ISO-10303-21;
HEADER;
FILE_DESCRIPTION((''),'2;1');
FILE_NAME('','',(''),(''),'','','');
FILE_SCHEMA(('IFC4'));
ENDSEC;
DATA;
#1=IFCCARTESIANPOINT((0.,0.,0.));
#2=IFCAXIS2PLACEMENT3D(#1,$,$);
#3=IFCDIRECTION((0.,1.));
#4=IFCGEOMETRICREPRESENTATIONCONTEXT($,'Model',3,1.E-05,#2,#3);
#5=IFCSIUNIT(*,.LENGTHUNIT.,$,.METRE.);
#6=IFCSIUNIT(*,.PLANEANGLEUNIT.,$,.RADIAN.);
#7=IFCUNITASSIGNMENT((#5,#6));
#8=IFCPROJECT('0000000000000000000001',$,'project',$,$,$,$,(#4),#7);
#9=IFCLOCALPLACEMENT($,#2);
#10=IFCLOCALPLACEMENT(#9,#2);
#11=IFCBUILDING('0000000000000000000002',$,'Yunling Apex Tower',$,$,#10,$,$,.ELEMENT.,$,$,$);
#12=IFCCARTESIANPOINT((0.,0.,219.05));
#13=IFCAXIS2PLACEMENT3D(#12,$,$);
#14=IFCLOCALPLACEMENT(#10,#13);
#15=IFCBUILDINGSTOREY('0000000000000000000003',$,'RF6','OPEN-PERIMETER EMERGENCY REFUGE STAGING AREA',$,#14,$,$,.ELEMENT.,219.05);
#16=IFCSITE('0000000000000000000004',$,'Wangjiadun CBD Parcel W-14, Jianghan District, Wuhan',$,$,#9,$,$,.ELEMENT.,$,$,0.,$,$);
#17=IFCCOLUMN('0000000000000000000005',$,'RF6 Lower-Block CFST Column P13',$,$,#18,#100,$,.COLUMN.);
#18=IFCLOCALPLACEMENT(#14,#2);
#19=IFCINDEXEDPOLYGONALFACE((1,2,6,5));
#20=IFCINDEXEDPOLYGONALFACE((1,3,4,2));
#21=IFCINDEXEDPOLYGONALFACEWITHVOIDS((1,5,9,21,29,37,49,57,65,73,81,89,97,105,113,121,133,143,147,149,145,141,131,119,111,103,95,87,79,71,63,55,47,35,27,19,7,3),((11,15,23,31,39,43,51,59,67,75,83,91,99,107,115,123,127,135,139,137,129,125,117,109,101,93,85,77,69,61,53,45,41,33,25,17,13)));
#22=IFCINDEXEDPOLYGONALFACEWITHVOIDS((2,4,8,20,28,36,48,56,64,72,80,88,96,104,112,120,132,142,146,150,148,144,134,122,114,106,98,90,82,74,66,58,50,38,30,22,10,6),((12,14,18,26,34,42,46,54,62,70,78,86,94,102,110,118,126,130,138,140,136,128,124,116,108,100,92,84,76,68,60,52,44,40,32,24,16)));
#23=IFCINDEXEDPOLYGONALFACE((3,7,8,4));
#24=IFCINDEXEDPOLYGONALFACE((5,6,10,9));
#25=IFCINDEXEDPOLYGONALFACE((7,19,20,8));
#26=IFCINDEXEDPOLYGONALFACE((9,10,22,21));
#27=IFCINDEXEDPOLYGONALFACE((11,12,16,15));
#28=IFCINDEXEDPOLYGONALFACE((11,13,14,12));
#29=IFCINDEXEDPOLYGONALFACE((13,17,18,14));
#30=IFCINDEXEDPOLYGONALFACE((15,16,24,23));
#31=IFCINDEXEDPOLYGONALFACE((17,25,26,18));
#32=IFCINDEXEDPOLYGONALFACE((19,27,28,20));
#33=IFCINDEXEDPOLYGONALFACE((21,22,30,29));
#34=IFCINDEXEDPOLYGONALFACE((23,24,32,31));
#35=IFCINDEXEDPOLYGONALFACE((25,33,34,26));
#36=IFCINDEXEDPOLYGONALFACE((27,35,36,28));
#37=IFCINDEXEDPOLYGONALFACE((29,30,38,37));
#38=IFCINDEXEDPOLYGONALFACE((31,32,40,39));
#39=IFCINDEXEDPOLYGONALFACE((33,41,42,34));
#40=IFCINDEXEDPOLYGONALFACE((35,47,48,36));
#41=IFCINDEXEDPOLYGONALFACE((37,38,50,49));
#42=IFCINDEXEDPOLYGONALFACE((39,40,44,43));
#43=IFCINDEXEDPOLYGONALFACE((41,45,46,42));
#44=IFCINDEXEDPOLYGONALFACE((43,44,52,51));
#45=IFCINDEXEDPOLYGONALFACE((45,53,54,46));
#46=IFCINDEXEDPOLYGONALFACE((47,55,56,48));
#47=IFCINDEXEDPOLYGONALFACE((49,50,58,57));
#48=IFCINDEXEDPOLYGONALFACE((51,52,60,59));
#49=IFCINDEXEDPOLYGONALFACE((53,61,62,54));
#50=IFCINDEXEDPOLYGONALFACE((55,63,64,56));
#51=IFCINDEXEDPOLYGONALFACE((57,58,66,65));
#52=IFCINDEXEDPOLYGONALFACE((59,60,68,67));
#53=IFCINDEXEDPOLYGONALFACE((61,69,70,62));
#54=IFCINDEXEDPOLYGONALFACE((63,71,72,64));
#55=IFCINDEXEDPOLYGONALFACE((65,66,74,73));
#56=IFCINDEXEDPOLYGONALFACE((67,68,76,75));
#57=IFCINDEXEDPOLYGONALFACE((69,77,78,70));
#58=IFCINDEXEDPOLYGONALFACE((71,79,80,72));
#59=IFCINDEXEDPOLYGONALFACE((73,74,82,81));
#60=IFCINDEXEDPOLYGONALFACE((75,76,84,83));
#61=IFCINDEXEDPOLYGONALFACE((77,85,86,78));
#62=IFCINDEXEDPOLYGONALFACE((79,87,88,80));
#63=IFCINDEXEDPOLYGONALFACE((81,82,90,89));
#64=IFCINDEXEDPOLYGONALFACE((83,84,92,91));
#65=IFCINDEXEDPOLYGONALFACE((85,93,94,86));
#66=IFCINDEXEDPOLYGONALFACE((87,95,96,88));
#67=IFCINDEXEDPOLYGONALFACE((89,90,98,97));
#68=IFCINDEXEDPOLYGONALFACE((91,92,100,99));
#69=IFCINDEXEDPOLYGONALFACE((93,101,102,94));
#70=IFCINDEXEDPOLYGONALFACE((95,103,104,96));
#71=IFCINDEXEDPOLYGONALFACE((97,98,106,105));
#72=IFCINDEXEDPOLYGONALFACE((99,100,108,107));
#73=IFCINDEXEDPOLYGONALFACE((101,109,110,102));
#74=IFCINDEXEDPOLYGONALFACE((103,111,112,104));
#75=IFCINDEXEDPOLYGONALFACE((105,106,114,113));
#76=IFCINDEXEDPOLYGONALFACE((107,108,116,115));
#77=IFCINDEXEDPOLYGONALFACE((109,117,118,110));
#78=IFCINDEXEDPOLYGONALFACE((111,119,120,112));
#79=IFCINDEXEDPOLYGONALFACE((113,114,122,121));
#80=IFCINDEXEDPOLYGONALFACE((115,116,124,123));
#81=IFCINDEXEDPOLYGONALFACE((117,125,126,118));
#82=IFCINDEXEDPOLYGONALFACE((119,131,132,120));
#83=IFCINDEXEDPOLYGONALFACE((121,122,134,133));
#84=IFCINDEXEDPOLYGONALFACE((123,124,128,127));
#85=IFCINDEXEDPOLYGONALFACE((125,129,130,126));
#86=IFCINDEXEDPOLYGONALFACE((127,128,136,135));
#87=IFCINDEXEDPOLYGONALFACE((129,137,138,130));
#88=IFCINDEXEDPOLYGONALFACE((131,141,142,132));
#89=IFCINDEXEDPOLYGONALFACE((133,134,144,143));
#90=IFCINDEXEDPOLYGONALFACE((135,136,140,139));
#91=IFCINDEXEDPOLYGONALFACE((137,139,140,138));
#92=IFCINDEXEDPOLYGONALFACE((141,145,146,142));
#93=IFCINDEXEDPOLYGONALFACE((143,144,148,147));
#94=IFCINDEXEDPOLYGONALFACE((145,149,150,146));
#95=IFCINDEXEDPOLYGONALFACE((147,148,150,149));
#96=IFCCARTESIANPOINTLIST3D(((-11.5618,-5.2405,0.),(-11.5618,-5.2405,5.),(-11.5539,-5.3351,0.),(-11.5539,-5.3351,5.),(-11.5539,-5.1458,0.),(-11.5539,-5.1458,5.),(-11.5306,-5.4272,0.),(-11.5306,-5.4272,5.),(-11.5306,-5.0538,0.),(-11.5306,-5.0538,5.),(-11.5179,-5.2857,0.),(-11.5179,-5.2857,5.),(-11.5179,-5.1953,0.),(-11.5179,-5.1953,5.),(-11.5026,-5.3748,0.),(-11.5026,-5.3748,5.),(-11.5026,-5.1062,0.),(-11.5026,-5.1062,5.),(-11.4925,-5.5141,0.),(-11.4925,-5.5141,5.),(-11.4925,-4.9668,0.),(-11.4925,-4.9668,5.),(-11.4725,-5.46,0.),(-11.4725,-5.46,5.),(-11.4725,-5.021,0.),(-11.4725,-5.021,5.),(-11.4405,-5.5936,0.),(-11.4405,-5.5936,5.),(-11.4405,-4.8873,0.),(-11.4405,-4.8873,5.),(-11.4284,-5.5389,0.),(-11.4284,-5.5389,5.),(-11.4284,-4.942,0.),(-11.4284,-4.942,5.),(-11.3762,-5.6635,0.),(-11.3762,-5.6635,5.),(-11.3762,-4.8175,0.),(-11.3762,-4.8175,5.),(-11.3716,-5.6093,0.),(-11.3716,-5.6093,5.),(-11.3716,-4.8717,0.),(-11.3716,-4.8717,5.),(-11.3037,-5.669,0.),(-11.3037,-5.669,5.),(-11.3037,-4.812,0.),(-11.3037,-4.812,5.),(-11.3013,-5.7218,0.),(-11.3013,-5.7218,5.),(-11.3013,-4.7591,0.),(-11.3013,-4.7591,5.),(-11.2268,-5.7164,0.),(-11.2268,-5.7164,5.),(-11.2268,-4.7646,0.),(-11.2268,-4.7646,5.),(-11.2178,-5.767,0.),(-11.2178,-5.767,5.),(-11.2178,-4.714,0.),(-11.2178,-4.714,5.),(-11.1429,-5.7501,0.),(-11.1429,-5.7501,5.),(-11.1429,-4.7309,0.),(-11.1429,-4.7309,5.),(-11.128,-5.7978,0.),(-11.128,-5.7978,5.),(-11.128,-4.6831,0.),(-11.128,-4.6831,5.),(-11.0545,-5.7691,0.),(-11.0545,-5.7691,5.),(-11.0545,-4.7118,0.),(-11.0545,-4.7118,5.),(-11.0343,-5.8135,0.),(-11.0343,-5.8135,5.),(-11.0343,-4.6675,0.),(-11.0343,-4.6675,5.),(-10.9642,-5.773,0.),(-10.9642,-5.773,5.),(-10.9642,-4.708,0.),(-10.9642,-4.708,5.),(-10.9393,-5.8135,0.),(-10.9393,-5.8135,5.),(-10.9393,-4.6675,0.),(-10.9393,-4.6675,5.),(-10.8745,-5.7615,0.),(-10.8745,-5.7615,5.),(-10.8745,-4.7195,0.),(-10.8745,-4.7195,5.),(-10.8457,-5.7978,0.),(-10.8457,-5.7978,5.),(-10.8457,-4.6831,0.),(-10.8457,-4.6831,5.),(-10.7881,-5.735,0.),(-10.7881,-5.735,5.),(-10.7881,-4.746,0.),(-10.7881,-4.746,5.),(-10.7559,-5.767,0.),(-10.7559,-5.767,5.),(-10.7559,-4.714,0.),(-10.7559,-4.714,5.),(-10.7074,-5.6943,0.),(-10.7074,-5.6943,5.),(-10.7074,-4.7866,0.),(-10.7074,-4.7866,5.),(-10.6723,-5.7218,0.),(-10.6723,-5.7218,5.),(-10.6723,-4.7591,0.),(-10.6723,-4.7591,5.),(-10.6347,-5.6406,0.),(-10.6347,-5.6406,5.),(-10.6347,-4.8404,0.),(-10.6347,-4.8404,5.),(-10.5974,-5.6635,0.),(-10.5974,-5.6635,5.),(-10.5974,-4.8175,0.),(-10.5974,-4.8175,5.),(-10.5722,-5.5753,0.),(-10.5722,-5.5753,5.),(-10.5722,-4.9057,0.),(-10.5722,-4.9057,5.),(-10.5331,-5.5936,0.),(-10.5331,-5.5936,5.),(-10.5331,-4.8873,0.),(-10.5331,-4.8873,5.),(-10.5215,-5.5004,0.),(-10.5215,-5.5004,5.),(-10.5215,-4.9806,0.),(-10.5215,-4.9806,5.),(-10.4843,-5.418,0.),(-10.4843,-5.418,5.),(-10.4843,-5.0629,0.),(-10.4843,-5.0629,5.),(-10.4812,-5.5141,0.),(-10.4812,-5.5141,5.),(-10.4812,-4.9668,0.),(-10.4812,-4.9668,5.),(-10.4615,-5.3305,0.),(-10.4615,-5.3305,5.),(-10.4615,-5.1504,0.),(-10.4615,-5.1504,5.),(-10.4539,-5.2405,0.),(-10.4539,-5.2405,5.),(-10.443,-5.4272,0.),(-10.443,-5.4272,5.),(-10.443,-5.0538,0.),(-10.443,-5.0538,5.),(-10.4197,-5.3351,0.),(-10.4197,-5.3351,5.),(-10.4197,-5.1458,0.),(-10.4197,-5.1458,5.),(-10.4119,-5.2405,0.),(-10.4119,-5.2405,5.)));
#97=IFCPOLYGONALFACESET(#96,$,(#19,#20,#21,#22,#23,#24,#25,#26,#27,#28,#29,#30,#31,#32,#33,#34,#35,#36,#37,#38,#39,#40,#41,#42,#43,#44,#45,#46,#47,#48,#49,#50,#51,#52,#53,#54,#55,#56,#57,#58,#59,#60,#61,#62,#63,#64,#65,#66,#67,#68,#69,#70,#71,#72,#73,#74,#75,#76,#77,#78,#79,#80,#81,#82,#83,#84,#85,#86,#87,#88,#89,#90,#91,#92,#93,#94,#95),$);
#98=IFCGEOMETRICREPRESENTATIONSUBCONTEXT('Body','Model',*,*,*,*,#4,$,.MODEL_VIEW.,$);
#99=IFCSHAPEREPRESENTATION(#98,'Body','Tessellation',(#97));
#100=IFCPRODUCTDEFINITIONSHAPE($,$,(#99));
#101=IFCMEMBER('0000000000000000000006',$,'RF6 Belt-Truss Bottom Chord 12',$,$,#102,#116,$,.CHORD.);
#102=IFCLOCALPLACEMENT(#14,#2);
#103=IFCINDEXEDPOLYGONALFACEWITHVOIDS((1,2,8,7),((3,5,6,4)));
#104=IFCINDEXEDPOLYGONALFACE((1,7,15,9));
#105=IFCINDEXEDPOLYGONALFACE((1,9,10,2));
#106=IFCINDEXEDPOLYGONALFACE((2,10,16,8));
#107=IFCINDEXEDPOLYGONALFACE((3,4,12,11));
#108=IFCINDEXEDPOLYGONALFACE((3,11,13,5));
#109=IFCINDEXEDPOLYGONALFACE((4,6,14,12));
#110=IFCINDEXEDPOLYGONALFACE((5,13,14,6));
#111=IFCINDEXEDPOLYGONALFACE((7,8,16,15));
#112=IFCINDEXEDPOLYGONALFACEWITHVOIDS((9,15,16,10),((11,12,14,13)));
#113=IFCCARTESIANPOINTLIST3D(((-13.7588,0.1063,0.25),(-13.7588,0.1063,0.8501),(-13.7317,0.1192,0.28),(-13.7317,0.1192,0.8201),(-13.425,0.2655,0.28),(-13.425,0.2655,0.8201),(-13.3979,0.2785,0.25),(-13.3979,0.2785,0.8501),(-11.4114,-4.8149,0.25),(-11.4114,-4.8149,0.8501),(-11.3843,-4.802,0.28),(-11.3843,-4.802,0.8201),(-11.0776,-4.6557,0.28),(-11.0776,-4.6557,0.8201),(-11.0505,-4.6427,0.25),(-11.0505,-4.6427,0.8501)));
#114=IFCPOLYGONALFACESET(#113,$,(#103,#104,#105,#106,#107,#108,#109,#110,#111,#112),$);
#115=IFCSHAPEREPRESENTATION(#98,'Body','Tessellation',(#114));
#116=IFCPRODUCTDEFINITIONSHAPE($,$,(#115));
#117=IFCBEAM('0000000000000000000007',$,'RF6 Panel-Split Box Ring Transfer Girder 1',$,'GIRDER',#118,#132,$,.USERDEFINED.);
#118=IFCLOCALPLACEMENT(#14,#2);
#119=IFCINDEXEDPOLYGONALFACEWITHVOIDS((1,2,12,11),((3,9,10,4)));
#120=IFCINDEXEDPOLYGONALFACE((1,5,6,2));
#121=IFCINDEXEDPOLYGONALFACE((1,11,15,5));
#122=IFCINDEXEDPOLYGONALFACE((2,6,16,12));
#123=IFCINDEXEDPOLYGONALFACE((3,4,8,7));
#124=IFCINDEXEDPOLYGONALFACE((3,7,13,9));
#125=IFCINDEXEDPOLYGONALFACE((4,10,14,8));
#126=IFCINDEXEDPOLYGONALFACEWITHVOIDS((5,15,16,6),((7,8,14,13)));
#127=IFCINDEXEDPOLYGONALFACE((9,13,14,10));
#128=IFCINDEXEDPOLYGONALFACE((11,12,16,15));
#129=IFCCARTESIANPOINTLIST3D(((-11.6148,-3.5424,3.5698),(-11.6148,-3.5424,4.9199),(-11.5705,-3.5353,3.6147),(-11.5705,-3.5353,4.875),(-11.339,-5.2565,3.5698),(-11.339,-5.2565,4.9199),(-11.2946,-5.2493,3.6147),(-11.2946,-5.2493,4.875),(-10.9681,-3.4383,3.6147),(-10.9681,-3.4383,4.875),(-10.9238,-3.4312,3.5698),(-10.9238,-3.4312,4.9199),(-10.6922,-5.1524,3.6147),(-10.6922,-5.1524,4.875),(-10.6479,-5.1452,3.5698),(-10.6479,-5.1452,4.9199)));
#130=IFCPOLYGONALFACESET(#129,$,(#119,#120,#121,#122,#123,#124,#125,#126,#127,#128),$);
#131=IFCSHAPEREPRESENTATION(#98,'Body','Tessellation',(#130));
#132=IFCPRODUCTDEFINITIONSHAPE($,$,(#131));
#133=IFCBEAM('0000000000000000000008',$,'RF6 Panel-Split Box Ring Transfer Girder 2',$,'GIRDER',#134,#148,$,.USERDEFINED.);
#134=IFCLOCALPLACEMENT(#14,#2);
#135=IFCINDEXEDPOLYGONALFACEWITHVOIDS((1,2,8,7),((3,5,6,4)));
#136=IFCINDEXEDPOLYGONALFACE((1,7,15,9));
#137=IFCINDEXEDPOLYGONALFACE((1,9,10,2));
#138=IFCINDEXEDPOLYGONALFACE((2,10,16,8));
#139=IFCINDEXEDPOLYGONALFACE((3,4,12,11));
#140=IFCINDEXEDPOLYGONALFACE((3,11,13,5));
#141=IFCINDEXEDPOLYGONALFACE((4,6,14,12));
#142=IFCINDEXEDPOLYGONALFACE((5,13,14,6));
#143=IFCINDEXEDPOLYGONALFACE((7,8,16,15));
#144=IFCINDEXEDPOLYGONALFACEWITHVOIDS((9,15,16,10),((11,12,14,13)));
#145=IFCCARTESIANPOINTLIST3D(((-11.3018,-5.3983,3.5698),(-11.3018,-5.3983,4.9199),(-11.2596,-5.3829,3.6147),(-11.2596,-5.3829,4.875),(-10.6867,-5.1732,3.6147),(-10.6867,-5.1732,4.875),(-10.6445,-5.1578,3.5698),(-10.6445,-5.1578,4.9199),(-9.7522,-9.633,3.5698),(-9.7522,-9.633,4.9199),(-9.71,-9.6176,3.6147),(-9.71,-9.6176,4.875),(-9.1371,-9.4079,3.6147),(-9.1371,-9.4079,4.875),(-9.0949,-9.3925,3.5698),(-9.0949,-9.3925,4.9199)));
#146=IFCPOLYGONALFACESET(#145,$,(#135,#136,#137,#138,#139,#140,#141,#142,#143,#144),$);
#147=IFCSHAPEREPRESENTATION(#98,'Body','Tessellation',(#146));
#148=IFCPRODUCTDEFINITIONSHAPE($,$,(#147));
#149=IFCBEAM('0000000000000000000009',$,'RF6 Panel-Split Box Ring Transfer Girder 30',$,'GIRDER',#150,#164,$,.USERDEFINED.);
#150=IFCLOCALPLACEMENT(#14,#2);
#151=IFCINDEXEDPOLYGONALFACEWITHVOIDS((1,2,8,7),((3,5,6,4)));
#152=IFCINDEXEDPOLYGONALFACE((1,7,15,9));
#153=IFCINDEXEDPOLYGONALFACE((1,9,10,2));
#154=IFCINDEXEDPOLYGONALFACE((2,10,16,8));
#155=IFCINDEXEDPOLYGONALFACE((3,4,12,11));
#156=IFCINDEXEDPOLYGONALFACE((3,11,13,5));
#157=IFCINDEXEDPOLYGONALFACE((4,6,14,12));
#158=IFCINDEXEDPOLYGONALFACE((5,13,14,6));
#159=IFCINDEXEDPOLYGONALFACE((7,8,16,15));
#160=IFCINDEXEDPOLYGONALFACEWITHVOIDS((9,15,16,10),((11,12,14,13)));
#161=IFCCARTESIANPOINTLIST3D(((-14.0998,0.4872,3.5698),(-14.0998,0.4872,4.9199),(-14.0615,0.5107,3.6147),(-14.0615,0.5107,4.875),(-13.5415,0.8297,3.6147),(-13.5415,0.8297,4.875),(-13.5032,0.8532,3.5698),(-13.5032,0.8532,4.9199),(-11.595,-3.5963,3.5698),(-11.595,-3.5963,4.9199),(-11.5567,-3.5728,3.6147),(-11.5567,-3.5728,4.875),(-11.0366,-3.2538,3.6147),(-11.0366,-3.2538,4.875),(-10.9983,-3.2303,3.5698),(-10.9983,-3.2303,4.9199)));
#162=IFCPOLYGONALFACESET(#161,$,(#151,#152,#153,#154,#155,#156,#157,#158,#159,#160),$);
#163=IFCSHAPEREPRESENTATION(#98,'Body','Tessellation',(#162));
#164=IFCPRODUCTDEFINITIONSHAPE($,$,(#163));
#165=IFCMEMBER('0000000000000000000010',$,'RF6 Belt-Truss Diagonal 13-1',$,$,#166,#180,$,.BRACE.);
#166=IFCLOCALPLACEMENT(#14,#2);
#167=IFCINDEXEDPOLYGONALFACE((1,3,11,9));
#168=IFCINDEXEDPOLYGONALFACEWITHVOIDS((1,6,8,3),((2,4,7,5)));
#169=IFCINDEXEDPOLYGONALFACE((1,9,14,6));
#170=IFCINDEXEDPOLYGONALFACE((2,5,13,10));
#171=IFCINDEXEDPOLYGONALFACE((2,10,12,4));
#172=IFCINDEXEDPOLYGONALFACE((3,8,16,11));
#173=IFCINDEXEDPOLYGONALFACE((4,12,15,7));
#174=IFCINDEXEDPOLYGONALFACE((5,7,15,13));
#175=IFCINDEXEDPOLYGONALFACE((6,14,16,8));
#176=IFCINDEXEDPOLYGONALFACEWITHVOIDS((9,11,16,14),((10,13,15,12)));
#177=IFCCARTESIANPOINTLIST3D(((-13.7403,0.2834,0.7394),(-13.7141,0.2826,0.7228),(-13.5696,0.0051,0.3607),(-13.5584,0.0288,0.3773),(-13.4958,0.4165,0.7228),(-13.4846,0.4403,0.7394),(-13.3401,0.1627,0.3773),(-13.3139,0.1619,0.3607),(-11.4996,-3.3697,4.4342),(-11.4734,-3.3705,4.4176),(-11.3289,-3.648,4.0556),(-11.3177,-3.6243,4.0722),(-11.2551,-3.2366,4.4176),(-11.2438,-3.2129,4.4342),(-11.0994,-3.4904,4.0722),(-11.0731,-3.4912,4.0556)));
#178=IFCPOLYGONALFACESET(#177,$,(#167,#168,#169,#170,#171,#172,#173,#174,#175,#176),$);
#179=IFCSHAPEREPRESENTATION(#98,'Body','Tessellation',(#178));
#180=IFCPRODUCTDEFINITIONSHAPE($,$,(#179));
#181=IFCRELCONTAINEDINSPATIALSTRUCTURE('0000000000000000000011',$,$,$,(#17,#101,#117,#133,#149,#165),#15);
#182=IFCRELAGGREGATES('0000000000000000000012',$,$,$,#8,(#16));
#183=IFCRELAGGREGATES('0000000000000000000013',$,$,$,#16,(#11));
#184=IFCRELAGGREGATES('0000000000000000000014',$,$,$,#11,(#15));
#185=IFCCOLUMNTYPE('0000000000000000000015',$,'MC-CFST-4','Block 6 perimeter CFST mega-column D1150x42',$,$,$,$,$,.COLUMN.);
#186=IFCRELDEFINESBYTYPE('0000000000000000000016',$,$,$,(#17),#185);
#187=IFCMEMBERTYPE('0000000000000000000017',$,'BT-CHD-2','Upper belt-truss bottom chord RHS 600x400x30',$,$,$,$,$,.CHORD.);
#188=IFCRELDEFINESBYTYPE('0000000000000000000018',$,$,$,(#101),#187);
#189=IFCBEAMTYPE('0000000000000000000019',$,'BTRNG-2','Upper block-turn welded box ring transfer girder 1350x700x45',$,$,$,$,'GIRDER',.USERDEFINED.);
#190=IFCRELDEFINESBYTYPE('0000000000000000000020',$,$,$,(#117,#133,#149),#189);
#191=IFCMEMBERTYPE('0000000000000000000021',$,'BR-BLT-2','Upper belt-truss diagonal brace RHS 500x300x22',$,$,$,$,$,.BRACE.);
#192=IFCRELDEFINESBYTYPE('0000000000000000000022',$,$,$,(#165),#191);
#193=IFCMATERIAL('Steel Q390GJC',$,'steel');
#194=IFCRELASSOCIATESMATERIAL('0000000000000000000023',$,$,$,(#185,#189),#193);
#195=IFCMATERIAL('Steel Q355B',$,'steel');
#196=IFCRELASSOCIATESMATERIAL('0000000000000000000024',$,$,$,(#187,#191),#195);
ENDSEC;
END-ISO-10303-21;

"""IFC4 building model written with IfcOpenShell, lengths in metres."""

from ifc_helpers import new_model, si_unit, direction, frame, origin, origin_2d, place, context, subcontext, project, spatial, hollow_rectangle, hollow_circle, extrude, source, transform, mapped, material, material_profile, profile_set, type_object, element, save


model = new_model("IFC4")

# Units and contexts
model_context = context("Model", 3, precision=1e-05, world=origin(), true_north=direction((0.0, 1.0)))
body_context = subcontext(model_context, "Body", "Model", "MODEL_VIEW")
ifc_project = project(units=[si_unit("LENGTHUNIT", "METRE"), si_unit("PLANEANGLEUNIT", "RADIAN")], contexts=[model_context])

# Site, building, storey
site_placement = place(None, origin())
site = spatial("IfcSite", under=ifc_project, at=site_placement, Name="Wangjiadun CBD Parcel W-14, Jianghan District, Wuhan", CompositionType="ELEMENT", RefElevation=0.0)
building_placement = place(site_placement, origin())
building = spatial("IfcBuilding", under=site, at=building_placement, Name="Yunling Apex Tower", CompositionType="ELEMENT")
storey_placement = place(building_placement, frame((0.0, 0.0, 219.05)))
storey = spatial("IfcBuildingStorey", under=building, at=storey_placement, Name="RF6", Description="OPEN-PERIMETER EMERGENCY REFUGE STAGING AREA", CompositionType="ELEMENT", Elevation=219.05)

# Column
ifc_material_1 = material(Name="Steel Q390GJC", Category="steel")
ifc_material_profile_1 = material_profile(ifc_material_1, hollow_circle(Radius=0.575, WallThickness=0.042, at=origin_2d()))
ifc_profile_set_1 = profile_set([ifc_material_profile_1], Name="Steel Q390GJC")
column_type = type_object("IfcColumnType", Name="MC-CFST-4", Description="Block 6 perimeter CFST mega-column D1150x42", PredefinedType="COLUMN", material=ifc_profile_set_1)
shared_shape_1 = source(origin(), body_context, "Body", "SweptSolid", [
    extrude(hollow_circle(Radius=0.575, WallThickness=0.042, at=origin_2d()), origin(), (0.0, 0.0, 1.0), 5.0),
])
column_placement = place(storey_placement, frame((-10.9868, -5.2405, 0.0), z_axis=(0.0, 0.0, 1.0), x_axis=(1.0, 0.0, 0.0)))
element("IfcColumn", 1, at=column_placement, inside=storey, type_object=column_type, Name="RF6 Lower-Block CFST Column P13", PredefinedType="COLUMN", context=body_context, shape_type="MappedRepresentation", body=[
    mapped(shared_shape_1, transform((0.0, 0.0, 0.0), scale=1.0)),
])

# Member
ifc_material_2 = material(Name="Steel Q355B", Category="steel")
ifc_material_profile_2 = material_profile(ifc_material_2, hollow_rectangle(XDim=0.3999, YDim=0.6001, WallThickness=0.03, at=origin_2d()))
ifc_profile_set_2 = profile_set([ifc_material_profile_2], Name="Steel Q355B")
member_type_1 = type_object("IfcMemberType", Name="BT-CHD-2", Description="Upper belt-truss bottom chord RHS 600x400x30", PredefinedType="CHORD", material=ifc_profile_set_2)
shared_shape_2 = source(origin(), body_context, "Body", "SweptSolid", [
    extrude(hollow_rectangle(XDim=0.3999, YDim=0.6001, WallThickness=0.03, at=origin_2d()), origin(), (0.0, 0.0, 1.0), 5.4524),
])
member_1_placement = place(storey_placement, frame((-13.5784, 0.1924, 0.55), z_axis=(0.430533, -0.902575, 0.0), x_axis=(0.902575, 0.430533, 0.0)))
element("IfcMember", 2, at=member_1_placement, inside=storey, type_object=member_type_1, Name="RF6 Belt-Truss Bottom Chord 12", PredefinedType="CHORD", context=body_context, shape_type="MappedRepresentation", body=[
    mapped(shared_shape_2, transform((0.0, 0.0, 0.0), scale=1.0)),
])

# Beams
ifc_material_profile_3 = material_profile(ifc_material_1, hollow_rectangle(XDim=0.7, YDim=1.3501, WallThickness=0.0449, at=origin_2d()))
ifc_profile_set_3 = profile_set([ifc_material_profile_3], Name="Steel Q390GJC")
beam_type = type_object("IfcBeamType", Name="BTRNG-2", Description="Upper block-turn welded box ring transfer girder 1350x700x45", ElementType="GIRDER", PredefinedType="USERDEFINED", material=ifc_profile_set_3)
shared_shape_3 = source(origin(), body_context, "Body", "SweptSolid", [
    extrude(hollow_rectangle(XDim=0.7, YDim=1.3501, WallThickness=0.0449, at=origin_2d()), origin(), (0.0, 0.0, 1.0), 1.7361),
])
beam_1_placement = place(storey_placement, frame((-11.2693, -3.4868, 4.2449), z_axis=(0.158901, -0.987295, 0.0), x_axis=(0.987295, 0.158901, 0.0)))
element("IfcBeam", 3, at=beam_1_placement, inside=storey, type_object=beam_type, Name="RF6 Panel-Split Box Ring Transfer Girder 1", ObjectType="GIRDER", PredefinedType="USERDEFINED", context=body_context, shape_type="MappedRepresentation", body=[
    mapped(shared_shape_3, transform((0.0, 0.0, 0.0), scale=1.0)),
])
shared_shape_4 = source(origin(), body_context, "Body", "SweptSolid", [
    extrude(hollow_rectangle(XDim=0.7, YDim=1.3501, WallThickness=0.0449, at=origin_2d()), origin(), (0.0, 0.0, 1.0), 4.5093),
])
beam_2_placement = place(storey_placement, frame((-10.9731, -5.2781, 4.2449), z_axis=(0.343642, -0.939101, 0.0), x_axis=(0.939101, 0.343642, 0.0)))
element("IfcBeam", 4, at=beam_2_placement, inside=storey, type_object=beam_type, Name="RF6 Panel-Split Box Ring Transfer Girder 2", ObjectType="GIRDER", PredefinedType="USERDEFINED", context=body_context, shape_type="MappedRepresentation", body=[
    mapped(shared_shape_4, transform((0.0, 0.0, 0.0), scale=1.0)),
])
shared_shape_5 = source(origin(), body_context, "Body", "SweptSolid", [
    extrude(hollow_rectangle(XDim=0.7, YDim=1.3501, WallThickness=0.0449, at=origin_2d()), origin(), (0.0, 0.0, 1.0), 4.7905),
])
beam_3_placement = place(storey_placement, frame((-13.8015, 0.6702, 4.2449), z_axis=(0.52288, -0.852406, 0.0), x_axis=(0.852406, 0.52288, 0.0)))
element("IfcBeam", 5, at=beam_3_placement, inside=storey, type_object=beam_type, Name="RF6 Panel-Split Box Ring Transfer Girder 30", ObjectType="GIRDER", PredefinedType="USERDEFINED", context=body_context, shape_type="MappedRepresentation", body=[
    mapped(shared_shape_5, transform((0.0, 0.0, 0.0), scale=1.0)),
])

# Member
ifc_material_profile_4 = material_profile(ifc_material_2, hollow_rectangle(XDim=0.3, YDim=0.5, WallThickness=0.022, at=origin_2d()))
ifc_profile_set_4 = profile_set([ifc_material_profile_4], Name="Steel Q355B")
member_type_2 = type_object("IfcMemberType", Name="BR-BLT-2", Description="Upper belt-truss diagonal brace RHS 500x300x22", PredefinedType="BRACE", material=ifc_profile_set_4)
shared_shape_6 = source(origin(), body_context, "Body", "SweptSolid", [
    extrude(hollow_rectangle(XDim=0.3, YDim=0.5, WallThickness=0.022, at=origin_2d()), origin(), (0.0, 0.0, 1.0), 5.6584),
])
member_2_placement = place(storey_placement, frame((-13.5271, 0.2227, 0.55), z_axis=(0.395999, -0.645602, 0.65298), x_axis=(0.85242, 0.522857, 0.0)))
element("IfcMember", 6, at=member_2_placement, inside=storey, type_object=member_type_2, Name="RF6 Belt-Truss Diagonal 13-1", PredefinedType="BRACE", context=body_context, shape_type="MappedRepresentation", body=[
    mapped(shared_shape_6, transform((0.0, 0.0, 0.0), scale=1.0)),
])

save(model, "model.ifc")
